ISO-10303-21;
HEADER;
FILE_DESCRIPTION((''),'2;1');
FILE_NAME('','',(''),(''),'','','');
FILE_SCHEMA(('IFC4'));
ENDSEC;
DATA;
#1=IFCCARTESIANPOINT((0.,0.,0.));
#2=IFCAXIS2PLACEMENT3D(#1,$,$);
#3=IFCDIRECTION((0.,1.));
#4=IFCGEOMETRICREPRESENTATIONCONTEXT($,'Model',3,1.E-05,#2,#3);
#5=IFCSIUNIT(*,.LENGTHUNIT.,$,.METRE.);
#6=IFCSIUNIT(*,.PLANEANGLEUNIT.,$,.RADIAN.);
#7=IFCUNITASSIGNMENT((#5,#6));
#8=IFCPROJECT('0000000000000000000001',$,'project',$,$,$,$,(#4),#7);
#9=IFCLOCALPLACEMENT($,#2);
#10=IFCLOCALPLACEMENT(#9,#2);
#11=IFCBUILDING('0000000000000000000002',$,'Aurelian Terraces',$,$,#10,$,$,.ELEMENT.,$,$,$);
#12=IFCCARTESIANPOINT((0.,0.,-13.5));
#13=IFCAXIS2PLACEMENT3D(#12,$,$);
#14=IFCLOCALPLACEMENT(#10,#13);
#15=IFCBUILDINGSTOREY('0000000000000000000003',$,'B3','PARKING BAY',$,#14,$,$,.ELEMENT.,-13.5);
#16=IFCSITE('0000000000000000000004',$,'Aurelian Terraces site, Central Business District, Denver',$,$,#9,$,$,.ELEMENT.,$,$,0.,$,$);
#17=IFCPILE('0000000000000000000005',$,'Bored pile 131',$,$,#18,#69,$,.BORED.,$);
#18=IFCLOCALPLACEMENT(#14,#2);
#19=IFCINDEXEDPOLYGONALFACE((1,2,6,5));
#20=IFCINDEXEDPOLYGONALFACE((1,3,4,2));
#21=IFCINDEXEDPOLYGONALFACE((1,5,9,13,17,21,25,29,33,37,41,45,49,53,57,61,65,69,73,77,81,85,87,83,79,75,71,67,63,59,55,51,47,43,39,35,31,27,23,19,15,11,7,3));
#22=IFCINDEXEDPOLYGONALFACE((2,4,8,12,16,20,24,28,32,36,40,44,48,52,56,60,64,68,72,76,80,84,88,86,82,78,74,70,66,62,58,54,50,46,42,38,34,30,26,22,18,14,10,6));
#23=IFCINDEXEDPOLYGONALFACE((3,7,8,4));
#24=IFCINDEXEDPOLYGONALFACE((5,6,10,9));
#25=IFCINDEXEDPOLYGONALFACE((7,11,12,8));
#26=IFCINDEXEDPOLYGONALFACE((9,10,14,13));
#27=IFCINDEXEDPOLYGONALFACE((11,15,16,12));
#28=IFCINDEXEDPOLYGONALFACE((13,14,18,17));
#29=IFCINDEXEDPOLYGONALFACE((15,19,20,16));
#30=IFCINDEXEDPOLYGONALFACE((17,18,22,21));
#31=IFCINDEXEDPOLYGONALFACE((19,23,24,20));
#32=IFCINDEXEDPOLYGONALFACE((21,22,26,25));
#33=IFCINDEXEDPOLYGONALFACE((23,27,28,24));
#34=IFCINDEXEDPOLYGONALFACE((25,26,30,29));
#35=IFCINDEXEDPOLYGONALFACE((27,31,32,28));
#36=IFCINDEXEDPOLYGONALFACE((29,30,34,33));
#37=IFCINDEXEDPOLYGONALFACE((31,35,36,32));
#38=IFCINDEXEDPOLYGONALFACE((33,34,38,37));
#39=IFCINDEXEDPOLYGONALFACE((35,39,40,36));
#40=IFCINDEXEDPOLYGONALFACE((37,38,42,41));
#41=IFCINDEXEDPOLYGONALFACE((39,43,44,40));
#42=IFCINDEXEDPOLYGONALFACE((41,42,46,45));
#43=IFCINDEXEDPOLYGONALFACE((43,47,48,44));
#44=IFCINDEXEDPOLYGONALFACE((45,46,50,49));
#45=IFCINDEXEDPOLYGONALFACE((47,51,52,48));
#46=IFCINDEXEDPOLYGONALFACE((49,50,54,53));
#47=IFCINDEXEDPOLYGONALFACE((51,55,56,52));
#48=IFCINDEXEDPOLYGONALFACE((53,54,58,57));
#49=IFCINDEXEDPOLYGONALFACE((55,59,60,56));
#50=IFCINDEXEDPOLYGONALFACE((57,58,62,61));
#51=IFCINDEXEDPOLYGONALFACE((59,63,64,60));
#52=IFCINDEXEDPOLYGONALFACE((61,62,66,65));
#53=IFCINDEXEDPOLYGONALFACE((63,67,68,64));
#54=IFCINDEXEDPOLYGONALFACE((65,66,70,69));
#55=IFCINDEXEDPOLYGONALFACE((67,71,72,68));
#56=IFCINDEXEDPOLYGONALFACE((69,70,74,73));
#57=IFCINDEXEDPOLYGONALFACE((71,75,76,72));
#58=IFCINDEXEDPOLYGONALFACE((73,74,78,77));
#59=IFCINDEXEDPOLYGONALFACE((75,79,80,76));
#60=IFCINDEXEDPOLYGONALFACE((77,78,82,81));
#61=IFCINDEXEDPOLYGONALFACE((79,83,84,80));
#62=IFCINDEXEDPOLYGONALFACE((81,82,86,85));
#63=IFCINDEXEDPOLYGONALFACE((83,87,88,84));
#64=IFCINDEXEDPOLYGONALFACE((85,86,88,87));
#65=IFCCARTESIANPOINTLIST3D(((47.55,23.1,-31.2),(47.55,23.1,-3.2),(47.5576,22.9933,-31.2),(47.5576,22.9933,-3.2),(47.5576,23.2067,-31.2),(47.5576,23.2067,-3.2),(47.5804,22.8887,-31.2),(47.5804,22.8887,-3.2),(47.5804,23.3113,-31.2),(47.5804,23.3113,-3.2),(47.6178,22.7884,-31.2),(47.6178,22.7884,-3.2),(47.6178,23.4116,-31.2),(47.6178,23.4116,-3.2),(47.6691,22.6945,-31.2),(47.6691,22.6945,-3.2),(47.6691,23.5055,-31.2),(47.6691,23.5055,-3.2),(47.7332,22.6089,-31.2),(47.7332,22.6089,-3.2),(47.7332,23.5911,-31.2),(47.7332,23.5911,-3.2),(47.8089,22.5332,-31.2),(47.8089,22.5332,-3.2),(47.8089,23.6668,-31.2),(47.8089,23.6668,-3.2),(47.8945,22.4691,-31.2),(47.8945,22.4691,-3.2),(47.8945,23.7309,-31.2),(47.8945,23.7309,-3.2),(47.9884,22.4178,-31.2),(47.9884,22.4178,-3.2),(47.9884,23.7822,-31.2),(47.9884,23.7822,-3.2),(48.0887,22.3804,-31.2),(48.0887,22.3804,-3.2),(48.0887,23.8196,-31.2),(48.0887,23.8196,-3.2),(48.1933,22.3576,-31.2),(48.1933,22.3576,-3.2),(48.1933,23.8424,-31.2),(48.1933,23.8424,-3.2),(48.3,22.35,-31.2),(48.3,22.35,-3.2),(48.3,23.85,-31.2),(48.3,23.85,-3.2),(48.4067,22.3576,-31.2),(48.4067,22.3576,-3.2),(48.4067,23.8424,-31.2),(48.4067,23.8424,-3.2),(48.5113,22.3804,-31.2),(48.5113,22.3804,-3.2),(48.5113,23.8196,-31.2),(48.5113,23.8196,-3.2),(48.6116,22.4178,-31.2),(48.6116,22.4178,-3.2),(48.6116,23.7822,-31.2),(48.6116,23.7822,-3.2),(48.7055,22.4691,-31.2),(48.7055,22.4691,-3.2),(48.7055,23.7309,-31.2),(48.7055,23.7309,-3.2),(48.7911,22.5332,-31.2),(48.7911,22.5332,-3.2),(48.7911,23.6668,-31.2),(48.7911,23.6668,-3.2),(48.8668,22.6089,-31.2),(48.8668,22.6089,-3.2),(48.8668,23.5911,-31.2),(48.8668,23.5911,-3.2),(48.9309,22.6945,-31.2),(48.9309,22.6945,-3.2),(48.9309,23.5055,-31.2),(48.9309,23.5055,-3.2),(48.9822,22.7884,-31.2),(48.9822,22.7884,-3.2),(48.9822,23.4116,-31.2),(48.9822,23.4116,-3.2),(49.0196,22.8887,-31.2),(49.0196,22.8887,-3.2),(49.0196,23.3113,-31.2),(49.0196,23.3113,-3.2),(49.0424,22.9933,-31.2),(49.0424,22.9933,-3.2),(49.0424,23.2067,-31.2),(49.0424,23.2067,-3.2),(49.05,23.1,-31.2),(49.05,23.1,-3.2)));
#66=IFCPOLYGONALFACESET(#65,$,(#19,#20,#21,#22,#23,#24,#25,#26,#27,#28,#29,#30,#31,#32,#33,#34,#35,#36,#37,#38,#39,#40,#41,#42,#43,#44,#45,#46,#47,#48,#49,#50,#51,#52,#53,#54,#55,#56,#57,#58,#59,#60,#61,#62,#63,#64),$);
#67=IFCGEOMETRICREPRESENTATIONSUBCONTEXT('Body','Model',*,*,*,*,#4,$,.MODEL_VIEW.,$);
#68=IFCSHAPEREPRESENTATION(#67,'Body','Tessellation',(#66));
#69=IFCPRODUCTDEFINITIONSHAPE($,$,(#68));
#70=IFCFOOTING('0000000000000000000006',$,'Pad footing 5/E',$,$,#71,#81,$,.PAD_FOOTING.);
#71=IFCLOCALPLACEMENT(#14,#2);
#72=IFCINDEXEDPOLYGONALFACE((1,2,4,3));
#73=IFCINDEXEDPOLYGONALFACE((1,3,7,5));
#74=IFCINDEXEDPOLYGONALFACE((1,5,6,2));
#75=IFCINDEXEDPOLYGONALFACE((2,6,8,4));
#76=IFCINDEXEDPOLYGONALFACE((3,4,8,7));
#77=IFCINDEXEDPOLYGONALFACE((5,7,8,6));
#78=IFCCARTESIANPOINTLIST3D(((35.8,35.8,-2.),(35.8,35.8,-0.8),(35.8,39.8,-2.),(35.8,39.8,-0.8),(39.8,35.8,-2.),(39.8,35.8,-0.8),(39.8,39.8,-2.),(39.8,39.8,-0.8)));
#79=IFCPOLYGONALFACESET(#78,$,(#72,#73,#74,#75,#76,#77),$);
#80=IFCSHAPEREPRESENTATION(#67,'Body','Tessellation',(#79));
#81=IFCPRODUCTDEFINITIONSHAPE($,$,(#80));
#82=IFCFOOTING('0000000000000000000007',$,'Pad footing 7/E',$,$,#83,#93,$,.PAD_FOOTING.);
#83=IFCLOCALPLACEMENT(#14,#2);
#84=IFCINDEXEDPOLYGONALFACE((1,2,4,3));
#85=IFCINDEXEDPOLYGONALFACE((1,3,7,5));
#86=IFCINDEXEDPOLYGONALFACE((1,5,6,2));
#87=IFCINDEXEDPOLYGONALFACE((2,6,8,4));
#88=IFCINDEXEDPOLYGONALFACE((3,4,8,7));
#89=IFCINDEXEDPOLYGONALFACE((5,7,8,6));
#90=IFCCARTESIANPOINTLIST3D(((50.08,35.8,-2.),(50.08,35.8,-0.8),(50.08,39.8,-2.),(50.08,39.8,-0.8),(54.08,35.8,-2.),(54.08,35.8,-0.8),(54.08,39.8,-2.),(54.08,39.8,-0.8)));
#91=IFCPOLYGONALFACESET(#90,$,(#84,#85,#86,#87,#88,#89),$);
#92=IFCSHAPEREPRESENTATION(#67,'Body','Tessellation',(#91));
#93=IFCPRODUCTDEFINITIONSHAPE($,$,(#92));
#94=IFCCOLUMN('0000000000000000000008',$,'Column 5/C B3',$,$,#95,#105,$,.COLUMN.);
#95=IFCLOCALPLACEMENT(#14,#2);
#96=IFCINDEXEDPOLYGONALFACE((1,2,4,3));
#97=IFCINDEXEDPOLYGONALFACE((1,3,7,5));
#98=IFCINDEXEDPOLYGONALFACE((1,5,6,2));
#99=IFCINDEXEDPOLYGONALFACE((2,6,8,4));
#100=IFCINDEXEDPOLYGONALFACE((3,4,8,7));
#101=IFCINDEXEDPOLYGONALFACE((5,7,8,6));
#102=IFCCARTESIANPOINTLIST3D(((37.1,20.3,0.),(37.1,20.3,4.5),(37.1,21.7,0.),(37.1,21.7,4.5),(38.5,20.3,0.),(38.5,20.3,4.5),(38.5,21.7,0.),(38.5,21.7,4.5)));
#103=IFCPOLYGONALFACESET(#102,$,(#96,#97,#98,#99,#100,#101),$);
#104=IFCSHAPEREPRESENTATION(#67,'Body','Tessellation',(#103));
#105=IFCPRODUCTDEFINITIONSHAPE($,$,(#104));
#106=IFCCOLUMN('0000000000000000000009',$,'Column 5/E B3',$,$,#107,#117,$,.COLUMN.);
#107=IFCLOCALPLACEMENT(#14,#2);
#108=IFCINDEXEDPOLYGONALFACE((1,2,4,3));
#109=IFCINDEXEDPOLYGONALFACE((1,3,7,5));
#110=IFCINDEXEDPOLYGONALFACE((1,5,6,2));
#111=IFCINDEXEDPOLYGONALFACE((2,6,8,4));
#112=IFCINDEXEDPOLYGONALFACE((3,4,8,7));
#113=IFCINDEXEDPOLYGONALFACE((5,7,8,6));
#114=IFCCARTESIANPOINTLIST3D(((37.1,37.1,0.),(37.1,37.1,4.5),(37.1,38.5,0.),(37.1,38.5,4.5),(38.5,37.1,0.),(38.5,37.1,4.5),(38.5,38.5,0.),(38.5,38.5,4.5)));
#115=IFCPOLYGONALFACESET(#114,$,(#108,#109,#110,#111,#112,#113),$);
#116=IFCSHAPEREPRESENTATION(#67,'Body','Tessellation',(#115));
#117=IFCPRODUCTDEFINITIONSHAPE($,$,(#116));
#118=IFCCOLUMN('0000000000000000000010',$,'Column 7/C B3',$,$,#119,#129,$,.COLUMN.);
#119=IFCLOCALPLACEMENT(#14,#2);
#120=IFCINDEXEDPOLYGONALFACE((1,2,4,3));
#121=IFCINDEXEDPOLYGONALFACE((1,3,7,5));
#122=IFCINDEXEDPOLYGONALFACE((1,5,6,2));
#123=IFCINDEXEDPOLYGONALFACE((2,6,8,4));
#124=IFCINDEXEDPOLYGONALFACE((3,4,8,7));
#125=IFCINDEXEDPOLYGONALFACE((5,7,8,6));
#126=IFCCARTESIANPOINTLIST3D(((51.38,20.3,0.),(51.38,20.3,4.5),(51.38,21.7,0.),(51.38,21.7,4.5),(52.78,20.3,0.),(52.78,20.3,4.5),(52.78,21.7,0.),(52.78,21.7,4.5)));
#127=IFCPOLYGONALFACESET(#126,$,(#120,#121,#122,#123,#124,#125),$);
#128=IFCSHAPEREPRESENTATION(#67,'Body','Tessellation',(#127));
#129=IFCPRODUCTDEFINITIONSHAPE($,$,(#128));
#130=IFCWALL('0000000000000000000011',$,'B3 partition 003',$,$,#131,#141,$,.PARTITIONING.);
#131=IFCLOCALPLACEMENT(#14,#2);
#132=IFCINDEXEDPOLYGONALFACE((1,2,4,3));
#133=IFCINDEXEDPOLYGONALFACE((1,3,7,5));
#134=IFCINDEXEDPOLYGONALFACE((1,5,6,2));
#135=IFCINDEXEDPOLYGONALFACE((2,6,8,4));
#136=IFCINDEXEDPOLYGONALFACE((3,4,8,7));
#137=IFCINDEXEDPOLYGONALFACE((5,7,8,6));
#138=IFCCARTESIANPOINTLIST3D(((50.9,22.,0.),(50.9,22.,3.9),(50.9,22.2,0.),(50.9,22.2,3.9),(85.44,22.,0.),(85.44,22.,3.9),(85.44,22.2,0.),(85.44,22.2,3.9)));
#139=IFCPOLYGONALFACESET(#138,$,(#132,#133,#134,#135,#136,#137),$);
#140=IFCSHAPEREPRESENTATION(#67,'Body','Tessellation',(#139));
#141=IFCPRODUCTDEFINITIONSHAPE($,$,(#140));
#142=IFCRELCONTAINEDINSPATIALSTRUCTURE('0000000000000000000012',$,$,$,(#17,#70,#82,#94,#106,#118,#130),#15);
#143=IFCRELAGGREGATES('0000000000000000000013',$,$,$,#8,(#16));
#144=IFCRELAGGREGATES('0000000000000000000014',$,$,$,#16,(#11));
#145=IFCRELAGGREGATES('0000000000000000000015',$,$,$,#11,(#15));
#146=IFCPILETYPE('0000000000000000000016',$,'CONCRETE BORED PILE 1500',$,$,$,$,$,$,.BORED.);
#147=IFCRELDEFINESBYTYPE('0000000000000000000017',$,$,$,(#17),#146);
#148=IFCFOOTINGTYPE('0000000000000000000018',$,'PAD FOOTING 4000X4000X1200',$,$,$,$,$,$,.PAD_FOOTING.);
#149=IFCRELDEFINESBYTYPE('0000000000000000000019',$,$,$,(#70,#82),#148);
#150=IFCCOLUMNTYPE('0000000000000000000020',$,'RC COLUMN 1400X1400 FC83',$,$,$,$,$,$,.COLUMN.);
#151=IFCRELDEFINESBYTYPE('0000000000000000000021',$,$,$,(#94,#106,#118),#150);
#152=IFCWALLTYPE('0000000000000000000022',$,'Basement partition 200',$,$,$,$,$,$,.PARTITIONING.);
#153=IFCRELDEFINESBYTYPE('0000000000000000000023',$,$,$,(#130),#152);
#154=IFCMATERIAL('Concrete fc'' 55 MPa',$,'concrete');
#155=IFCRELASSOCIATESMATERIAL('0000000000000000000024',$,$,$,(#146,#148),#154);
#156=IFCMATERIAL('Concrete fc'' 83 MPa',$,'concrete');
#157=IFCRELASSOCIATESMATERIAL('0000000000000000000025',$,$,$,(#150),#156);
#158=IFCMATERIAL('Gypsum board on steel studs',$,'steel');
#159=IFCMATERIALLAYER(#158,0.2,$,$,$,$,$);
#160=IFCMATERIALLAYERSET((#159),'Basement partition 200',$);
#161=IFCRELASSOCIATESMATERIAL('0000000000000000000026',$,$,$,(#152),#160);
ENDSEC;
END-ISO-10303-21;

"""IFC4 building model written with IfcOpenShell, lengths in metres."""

from ifc_helpers import new_model, si_unit, direction, frame, frame_2d, origin, origin_2d, place, context, subcontext, project, spatial, rectangle, circle, extrude, source, transform, mapped, material, layer, layer_set, material_profile, profile_set, type_object, element, save


model = new_model("IFC4")

# Units and contexts
model_context = context("Model", 3, precision=1e-05, world=origin(), true_north=direction((0.0, 1.0)))
body_context = subcontext(model_context, "Body", "Model", "MODEL_VIEW")
ifc_project = project(units=[si_unit("LENGTHUNIT", "METRE"), si_unit("PLANEANGLEUNIT", "RADIAN")], contexts=[model_context])

# Site, building, storey
site_placement = place(None, origin())
site = spatial("IfcSite", under=ifc_project, at=site_placement, Name="Aurelian Terraces site, Central Business District, Denver", CompositionType="ELEMENT", RefElevation=0.0)
building_placement = place(site_placement, origin())
building = spatial("IfcBuilding", under=site, at=building_placement, Name="Aurelian Terraces", CompositionType="ELEMENT")
storey_placement = place(building_placement, frame((0.0, 0.0, -13.5)))
storey = spatial("IfcBuildingStorey", under=building, at=storey_placement, Name="B3", Description="PARKING BAY", CompositionType="ELEMENT", Elevation=-13.5)

# Pile
ifc_material_1 = material(Name="Concrete fc' 55 MPa", Category="concrete")
ifc_material_profile_1 = material_profile(ifc_material_1, circle(Radius=0.75, at=origin_2d()))
ifc_profile_set_1 = profile_set([ifc_material_profile_1], Name="Concrete fc' 55 MPa")
pile_type = type_object("IfcPileType", Name="CONCRETE BORED PILE 1500", PredefinedType="BORED", material=ifc_profile_set_1)
shared_shape_1 = source(origin(), body_context, "Body", "SweptSolid", [
    extrude(circle(Radius=0.75, at=origin_2d()), origin(), (0.0, 0.0, 1.0), 28.0),
])
for number, where, z_axis, x_axis, name in (
    (1, (48.3, 23.1, -3.2), (0.0, 0.0, -1.0), (1.0, 0.0, 0.0), "Bored pile 131"),
):
    element("IfcPile", number, at=place(storey_placement, frame(where, z_axis=z_axis, x_axis=x_axis)), inside=storey, type_object=pile_type, Name=name, PredefinedType="BORED", context=body_context, shape_type="MappedRepresentation", body=[
        mapped(shared_shape_1, transform((0.0, 0.0, 0.0), scale=1.0)),
    ])

# Footings
footing_type = type_object("IfcFootingType", Name="PAD FOOTING 4000X4000X1200", PredefinedType="PAD_FOOTING", material=ifc_material_1)
shared_shape_2 = source(origin(), body_context, "Body", "SweptSolid", [
    extrude(rectangle(XDim=4.0, YDim=4.0, at=origin_2d()), origin(), (0.0, 0.0, 1.0), 1.2),
])
for number, where, z_axis, x_axis, name in (
    (2, (37.8, 37.8, -2.0), (0.0, 0.0, 1.0), (1.0, 0.0, 0.0), "Pad footing 5/E"),
    (3, (52.08, 37.8, -2.0), (0.0, 0.0, 1.0), (1.0, 0.0, 0.0), "Pad footing 7/E"),
):
    element("IfcFooting", number, at=place(storey_placement, frame(where, z_axis=z_axis, x_axis=x_axis)), inside=storey, type_object=footing_type, Name=name, PredefinedType="PAD_FOOTING", context=body_context, shape_type="MappedRepresentation", body=[
        mapped(shared_shape_2, transform((0.0, 0.0, 0.0), scale=1.0)),
    ])

# Columns
ifc_material_2 = material(Name="Concrete fc' 83 MPa", Category="concrete")
ifc_material_profile_2 = material_profile(ifc_material_2, rectangle(XDim=1.4, YDim=1.4, at=origin_2d()))
ifc_profile_set_2 = profile_set([ifc_material_profile_2], Name="Concrete fc' 83 MPa")
column_type = type_object("IfcColumnType", Name="RC COLUMN 1400X1400 FC83", PredefinedType="COLUMN", material=ifc_profile_set_2)
shared_shape_3 = source(origin(), body_context, "Body", "SweptSolid", [
    extrude(rectangle(XDim=1.4, YDim=1.4, at=origin_2d()), origin(), (0.0, 0.0, 1.0), 4.5),
])
for number, where, z_axis, x_axis, name in (
    (4, (37.8, 21.0, 0.0), (0.0, 0.0, 1.0), (1.0, 0.0, 0.0), "Column 5/C B3"),
    (5, (37.8, 37.8, 0.0), (0.0, 0.0, 1.0), (1.0, 0.0, 0.0), "Column 5/E B3"),
    (6, (52.08, 21.0, 0.0), (0.0, 0.0, 1.0), (1.0, 0.0, 0.0), "Column 7/C B3"),
):
    element("IfcColumn", number, at=place(storey_placement, frame(where, z_axis=z_axis, x_axis=x_axis)), inside=storey, type_object=column_type, Name=name, PredefinedType="COLUMN", context=body_context, shape_type="MappedRepresentation", body=[
        mapped(shared_shape_3, transform((0.0, 0.0, 0.0), scale=1.0)),
    ])

# Wall
ifc_material_3 = material(Name="Gypsum board on steel studs", Category="steel")
ifc_layer = layer(ifc_material_3, 0.2)
ifc_layer_set = layer_set([ifc_layer], Name="Basement partition 200")
wall_type = type_object("IfcWallType", Name="Basement partition 200", PredefinedType="PARTITIONING", material=ifc_layer_set)
shared_shape_4 = source(origin(), body_context, "Body", "SweptSolid", [
    extrude(rectangle(XDim=34.54, YDim=0.2, at=frame_2d((17.27, 0.0))), origin(), (0.0, 0.0, 1.0), 3.9),
])
wall_placement = place(storey_placement, frame((50.9, 22.1, 0.0), z_axis=(0.0, 0.0, 1.0), x_axis=(1.0, 0.0, 0.0)))
element("IfcWall", 7, at=wall_placement, inside=storey, type_object=wall_type, Name="B3 partition 003", PredefinedType="PARTITIONING", context=body_context, shape_type="MappedRepresentation", body=[
    mapped(shared_shape_4, transform((0.0, 0.0, 0.0), scale=1.0)),
])

save(model, "model.ifc")
